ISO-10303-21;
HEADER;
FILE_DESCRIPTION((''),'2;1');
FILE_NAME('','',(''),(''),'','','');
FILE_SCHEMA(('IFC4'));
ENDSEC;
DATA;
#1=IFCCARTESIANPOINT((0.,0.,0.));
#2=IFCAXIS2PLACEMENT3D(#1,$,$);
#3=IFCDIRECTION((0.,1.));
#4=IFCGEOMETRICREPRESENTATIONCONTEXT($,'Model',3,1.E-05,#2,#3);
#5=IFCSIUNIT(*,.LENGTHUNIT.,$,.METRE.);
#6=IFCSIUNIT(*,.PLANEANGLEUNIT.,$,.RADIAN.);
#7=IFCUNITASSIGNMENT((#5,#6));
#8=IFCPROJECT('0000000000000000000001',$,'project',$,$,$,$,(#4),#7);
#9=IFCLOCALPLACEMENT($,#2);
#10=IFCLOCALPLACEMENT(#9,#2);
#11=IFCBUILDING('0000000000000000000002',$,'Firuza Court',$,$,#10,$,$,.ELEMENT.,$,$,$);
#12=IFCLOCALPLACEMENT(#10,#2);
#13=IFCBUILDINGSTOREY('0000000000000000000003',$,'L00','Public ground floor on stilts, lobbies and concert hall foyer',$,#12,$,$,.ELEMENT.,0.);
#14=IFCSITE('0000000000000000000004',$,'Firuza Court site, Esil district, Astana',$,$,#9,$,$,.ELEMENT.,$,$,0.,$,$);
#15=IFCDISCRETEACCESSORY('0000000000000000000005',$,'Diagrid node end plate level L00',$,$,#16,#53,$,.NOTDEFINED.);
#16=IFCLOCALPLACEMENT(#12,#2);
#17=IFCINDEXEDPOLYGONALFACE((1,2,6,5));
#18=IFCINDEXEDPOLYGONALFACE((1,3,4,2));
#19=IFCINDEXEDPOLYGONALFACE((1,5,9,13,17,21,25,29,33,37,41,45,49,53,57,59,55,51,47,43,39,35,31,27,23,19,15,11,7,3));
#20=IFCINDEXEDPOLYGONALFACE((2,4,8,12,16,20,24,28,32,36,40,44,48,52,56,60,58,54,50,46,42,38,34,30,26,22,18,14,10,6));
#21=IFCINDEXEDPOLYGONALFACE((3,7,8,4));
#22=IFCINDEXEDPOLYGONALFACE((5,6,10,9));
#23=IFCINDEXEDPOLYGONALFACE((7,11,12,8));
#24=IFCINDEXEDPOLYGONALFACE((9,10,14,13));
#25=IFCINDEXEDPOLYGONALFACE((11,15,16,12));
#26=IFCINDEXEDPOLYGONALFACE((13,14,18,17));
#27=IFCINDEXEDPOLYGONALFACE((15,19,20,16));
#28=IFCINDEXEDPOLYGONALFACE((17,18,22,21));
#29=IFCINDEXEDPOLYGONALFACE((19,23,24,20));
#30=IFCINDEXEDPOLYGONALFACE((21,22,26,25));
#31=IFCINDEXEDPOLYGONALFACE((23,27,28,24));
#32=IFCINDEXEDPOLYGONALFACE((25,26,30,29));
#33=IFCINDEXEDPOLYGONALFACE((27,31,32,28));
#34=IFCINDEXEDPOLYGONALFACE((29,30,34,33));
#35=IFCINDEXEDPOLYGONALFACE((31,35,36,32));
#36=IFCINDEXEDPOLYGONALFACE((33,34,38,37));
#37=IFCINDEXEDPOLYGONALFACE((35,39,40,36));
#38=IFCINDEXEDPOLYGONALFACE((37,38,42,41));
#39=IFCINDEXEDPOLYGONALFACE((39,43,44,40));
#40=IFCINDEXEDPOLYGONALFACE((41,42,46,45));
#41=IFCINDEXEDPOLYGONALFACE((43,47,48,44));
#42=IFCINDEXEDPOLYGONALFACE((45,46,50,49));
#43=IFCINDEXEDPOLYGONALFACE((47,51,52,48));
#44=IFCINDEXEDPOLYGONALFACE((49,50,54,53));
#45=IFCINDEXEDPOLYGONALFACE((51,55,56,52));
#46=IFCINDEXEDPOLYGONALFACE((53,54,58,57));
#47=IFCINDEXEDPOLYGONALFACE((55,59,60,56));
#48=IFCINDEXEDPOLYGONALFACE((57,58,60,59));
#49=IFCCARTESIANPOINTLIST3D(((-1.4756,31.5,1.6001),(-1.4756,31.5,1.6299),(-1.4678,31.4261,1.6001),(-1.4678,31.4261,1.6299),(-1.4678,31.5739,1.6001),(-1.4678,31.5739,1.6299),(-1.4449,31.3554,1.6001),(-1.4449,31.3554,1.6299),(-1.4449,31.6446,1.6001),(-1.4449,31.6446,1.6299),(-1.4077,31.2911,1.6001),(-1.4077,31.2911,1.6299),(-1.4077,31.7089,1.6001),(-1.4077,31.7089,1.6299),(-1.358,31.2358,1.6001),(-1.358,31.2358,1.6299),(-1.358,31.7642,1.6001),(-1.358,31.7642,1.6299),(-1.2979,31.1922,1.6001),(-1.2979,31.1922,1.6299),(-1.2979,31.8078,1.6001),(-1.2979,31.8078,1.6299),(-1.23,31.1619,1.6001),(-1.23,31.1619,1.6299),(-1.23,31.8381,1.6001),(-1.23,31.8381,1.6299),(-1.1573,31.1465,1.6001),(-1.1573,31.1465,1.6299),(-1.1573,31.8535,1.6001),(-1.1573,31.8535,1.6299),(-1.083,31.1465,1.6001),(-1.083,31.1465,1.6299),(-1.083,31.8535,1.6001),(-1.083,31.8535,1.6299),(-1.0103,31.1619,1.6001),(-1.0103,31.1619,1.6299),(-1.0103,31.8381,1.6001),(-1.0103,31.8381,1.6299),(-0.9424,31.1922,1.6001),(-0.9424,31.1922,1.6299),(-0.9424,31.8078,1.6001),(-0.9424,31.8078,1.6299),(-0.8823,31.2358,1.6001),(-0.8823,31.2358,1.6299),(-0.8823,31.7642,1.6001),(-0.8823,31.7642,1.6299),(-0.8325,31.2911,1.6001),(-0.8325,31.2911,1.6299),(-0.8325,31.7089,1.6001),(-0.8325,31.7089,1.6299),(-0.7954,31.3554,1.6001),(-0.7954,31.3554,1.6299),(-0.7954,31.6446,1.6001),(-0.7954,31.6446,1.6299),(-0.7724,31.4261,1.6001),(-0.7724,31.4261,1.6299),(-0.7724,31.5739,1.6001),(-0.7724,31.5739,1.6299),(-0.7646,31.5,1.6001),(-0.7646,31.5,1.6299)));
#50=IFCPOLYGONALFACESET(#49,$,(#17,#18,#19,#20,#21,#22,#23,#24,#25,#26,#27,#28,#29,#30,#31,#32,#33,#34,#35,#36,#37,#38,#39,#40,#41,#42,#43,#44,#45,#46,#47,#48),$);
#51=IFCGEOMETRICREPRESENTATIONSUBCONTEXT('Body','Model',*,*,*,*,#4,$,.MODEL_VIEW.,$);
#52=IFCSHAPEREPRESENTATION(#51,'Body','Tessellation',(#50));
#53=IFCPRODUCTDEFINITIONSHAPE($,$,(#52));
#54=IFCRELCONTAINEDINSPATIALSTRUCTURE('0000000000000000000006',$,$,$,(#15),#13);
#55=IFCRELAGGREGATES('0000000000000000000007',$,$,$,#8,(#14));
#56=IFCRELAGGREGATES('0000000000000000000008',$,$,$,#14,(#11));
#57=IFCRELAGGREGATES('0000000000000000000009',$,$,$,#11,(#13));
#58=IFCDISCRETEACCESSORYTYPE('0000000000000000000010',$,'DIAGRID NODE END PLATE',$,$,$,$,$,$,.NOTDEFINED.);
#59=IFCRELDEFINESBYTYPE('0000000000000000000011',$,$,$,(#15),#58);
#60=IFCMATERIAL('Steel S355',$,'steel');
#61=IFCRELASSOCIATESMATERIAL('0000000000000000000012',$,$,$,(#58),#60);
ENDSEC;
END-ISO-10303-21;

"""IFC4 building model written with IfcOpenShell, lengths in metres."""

from ifc_helpers import new_model, si_unit, direction, frame, origin, origin_2d, place, context, subcontext, project, spatial, circle, extrude, material, material_profile, profile_set, type_object, element, save


model = new_model("IFC4")

# Units and contexts
model_context = context("Model", 3, precision=1e-05, world=origin(), true_north=direction((0.0, 1.0)))
body_context = subcontext(model_context, "Body", "Model", "MODEL_VIEW")
ifc_project = project(units=[si_unit("LENGTHUNIT", "METRE"), si_unit("PLANEANGLEUNIT", "RADIAN")], contexts=[model_context])

# Site, building, storey
site_placement = place(None, origin())
site = spatial("IfcSite", under=ifc_project, at=site_placement, Name="Firuza Court site, Esil district, Astana", CompositionType="ELEMENT", RefElevation=0.0)
building_placement = place(site_placement, origin())
building = spatial("IfcBuilding", under=site, at=building_placement, Name="Firuza Court", CompositionType="ELEMENT")
storey_placement = place(building_placement, origin())
storey = spatial("IfcBuildingStorey", under=building, at=storey_placement, Name="L00", Description="Public ground floor on stilts, lobbies and concert hall foyer", CompositionType="ELEMENT", Elevation=0.0)

# Discrete accessory
ifc_material_1 = material(Name="Steel S355", Category="steel")
ifc_material_profile_1 = material_profile(ifc_material_1, circle(Radius=0.3555, at=origin_2d()), Name="PL D711")
ifc_profile_set_1 = profile_set([ifc_material_profile_1], Name="Steel S355")
discrete_accessory_type = type_object("IfcDiscreteAccessoryType", Name="DIAGRID NODE END PLATE", PredefinedType="NOTDEFINED", material=ifc_profile_set_1)
discrete_accessory_placement = place(storey_placement, frame((-1.1201, 31.5, 1.6001), z_axis=(0.0, 0.0, 1.0), x_axis=(1.0, 0.0, 0.0)))
element("IfcDiscreteAccessory", 1, at=discrete_accessory_placement, inside=storey, type_object=discrete_accessory_type, Name="Diagrid node end plate level L00", PredefinedType="NOTDEFINED", context=body_context, shape_type="SweptSolid", body=[
    extrude(circle(Radius=0.3555, at=origin_2d()), origin(), (0.0, 0.0, 1.0), 0.0298),
])

save(model, "model.ifc")
